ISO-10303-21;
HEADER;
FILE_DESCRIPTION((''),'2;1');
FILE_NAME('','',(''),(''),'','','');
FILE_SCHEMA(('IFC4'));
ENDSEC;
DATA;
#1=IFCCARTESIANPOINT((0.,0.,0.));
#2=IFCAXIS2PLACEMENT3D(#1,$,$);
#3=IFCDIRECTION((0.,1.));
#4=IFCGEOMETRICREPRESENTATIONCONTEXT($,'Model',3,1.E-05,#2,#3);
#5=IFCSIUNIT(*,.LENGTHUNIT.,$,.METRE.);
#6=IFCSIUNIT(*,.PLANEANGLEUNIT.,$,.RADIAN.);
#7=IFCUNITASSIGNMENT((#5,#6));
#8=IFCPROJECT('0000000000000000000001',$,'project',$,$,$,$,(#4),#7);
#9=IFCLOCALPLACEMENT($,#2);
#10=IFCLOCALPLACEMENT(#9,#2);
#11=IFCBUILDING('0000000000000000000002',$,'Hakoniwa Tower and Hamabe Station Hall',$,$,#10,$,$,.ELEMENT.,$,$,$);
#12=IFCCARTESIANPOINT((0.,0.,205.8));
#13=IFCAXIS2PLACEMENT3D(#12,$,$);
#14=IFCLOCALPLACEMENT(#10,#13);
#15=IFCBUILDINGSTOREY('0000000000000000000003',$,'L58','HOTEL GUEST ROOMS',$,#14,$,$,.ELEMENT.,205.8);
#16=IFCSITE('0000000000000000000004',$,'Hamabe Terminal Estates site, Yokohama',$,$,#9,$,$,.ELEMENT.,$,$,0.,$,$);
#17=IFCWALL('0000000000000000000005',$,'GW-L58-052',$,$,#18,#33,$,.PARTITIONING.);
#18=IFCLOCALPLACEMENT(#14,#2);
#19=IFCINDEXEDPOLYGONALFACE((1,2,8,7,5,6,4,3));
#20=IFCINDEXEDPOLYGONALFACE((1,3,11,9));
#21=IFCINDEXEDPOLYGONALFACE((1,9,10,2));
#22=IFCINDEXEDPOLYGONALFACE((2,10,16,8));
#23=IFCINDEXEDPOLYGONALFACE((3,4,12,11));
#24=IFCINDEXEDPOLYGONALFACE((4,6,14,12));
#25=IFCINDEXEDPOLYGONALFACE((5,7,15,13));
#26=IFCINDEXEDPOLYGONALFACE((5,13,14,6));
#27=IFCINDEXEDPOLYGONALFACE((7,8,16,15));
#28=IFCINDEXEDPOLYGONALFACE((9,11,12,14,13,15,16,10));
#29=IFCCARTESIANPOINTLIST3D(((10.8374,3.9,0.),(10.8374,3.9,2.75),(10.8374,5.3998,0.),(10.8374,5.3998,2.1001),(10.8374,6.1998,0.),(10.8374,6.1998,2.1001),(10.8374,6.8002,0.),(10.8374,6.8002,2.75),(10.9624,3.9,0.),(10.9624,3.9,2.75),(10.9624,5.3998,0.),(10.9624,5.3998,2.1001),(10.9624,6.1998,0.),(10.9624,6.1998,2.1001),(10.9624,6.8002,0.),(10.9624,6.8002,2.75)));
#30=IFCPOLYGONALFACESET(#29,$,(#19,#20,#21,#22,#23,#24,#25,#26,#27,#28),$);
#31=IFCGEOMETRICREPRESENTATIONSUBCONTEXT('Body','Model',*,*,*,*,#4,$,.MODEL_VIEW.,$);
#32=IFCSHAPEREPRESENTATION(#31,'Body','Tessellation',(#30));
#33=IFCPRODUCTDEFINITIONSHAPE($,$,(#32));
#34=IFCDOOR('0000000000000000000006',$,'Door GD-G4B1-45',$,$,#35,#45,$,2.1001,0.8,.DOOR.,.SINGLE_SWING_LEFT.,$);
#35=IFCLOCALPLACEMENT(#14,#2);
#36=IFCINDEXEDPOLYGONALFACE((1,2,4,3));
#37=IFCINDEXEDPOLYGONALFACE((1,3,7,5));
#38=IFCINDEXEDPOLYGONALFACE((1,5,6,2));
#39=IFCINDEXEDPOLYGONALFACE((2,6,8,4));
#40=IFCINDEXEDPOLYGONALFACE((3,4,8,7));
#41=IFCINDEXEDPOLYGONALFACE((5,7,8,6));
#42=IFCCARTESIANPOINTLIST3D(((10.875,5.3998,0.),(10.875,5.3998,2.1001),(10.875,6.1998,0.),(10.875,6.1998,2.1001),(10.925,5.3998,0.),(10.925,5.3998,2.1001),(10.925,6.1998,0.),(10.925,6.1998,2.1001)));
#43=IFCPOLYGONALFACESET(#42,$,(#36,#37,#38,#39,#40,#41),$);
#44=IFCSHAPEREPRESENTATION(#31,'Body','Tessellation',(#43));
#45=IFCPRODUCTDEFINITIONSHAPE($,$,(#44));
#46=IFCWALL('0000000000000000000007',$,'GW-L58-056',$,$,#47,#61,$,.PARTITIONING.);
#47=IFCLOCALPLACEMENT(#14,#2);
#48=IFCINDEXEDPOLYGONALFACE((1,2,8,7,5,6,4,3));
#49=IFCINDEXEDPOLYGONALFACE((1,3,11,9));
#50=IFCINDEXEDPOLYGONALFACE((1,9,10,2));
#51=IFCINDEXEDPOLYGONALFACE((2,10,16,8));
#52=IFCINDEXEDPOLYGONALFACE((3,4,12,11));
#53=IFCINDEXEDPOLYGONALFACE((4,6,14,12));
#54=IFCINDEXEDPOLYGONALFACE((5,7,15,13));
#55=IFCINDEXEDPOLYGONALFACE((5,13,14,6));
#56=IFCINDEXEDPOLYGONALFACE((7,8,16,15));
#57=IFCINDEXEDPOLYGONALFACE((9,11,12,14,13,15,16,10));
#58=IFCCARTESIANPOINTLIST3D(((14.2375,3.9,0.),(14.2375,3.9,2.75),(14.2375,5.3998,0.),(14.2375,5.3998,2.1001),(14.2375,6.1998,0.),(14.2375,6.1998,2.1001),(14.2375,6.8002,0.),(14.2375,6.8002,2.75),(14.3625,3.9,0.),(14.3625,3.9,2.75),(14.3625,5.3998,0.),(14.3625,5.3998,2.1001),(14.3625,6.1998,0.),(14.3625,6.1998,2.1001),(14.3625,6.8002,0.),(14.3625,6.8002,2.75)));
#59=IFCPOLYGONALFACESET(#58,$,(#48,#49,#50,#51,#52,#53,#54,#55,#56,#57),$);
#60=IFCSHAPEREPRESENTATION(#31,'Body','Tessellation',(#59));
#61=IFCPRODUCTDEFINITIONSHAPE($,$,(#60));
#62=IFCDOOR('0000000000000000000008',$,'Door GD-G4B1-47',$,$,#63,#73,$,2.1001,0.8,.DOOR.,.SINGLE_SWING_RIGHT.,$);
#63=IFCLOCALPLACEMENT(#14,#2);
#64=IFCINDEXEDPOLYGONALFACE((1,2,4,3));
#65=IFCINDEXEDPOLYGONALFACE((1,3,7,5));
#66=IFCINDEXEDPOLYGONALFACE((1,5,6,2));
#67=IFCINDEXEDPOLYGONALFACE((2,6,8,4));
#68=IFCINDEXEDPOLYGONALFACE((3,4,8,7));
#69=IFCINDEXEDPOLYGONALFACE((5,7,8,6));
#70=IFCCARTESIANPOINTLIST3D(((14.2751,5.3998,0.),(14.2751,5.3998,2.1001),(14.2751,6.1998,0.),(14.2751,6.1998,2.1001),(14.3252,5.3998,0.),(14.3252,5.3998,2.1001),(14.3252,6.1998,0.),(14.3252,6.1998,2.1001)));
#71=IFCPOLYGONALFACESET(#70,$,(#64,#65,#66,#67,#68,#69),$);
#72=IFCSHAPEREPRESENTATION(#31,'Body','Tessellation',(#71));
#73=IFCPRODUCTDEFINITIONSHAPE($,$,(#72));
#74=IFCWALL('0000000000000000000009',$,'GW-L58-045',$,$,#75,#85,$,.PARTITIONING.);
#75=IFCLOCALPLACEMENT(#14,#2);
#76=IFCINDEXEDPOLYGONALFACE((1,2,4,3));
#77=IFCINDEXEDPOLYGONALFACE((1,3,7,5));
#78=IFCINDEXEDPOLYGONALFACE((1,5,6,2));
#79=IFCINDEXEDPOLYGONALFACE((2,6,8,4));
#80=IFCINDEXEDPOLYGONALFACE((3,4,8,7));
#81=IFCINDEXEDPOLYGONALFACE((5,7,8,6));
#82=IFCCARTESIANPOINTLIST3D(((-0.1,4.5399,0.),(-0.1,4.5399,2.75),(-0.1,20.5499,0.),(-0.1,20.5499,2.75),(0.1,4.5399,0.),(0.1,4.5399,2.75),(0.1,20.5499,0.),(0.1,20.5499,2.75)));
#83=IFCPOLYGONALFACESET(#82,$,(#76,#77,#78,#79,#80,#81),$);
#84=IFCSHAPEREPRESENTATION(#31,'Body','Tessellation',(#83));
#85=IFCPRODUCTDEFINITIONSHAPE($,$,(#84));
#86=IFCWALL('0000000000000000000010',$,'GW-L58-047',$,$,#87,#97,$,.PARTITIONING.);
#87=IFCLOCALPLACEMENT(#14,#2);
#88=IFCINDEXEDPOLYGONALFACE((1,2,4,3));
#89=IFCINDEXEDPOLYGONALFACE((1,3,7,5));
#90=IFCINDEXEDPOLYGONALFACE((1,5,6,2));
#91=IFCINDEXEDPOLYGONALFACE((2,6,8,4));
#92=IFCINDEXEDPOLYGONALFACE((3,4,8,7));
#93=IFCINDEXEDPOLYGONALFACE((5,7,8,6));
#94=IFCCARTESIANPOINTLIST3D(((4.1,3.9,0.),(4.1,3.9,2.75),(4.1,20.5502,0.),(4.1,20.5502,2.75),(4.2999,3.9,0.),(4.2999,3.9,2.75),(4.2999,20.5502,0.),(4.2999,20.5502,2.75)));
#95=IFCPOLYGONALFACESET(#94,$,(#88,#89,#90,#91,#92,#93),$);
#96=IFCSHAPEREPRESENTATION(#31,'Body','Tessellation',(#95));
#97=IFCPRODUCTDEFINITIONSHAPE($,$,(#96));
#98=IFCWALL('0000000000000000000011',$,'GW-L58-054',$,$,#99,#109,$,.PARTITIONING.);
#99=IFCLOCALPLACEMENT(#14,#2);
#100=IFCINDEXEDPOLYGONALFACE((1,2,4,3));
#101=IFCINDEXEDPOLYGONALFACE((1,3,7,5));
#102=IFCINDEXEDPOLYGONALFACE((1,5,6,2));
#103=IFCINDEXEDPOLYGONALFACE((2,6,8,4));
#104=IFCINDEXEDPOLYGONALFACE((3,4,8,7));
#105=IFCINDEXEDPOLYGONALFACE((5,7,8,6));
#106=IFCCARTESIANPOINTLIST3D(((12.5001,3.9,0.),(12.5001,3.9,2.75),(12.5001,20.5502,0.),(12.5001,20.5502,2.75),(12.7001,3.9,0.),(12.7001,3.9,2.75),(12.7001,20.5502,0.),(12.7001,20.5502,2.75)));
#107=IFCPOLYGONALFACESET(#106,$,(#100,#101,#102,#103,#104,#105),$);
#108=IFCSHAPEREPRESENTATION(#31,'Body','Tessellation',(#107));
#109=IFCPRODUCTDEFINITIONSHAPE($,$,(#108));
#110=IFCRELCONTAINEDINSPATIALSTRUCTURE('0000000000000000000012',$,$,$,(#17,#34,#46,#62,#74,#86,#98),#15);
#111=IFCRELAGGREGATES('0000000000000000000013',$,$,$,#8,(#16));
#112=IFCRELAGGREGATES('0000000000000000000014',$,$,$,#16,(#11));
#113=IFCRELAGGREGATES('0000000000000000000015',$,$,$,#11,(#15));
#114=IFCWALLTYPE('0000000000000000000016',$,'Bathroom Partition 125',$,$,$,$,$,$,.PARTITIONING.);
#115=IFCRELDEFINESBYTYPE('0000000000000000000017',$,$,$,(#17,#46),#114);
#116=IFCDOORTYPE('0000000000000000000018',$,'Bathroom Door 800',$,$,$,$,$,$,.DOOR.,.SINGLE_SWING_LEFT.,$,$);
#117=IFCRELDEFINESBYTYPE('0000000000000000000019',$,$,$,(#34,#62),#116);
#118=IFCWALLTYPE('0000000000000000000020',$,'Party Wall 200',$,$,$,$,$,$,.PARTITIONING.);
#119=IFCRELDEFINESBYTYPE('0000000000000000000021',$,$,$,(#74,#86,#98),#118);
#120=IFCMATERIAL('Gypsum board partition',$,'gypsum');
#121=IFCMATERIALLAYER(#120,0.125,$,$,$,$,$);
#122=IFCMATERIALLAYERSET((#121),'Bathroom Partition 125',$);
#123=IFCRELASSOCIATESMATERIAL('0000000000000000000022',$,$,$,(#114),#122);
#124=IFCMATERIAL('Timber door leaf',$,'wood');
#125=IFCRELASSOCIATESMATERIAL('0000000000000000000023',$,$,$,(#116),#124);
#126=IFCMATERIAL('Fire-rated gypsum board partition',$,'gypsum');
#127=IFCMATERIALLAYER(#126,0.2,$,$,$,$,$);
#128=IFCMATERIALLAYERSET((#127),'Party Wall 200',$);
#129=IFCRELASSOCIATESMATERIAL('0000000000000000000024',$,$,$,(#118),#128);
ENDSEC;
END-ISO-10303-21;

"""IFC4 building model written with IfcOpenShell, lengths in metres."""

from ifc_helpers import new_model, si_unit, direction, frame, frame_2d, origin, place, context, subcontext, project, spatial, rectangle, extrude, material, layer, layer_set, type_object, element, fill, save


model = new_model("IFC4")

# Units and contexts
model_context = context("Model", 3, precision=1e-05, world=origin(), true_north=direction((0.0, 1.0)))
body_context = subcontext(model_context, "Body", "Model", "MODEL_VIEW")
ifc_project = project(units=[si_unit("LENGTHUNIT", "METRE"), si_unit("PLANEANGLEUNIT", "RADIAN")], contexts=[model_context])

# Site, building, storey
site_placement = place(None, origin())
site = spatial("IfcSite", under=ifc_project, at=site_placement, Name="Hamabe Terminal Estates site, Yokohama", CompositionType="ELEMENT", RefElevation=0.0)
building_placement = place(site_placement, origin())
building = spatial("IfcBuilding", under=site, at=building_placement, Name="Hakoniwa Tower and Hamabe Station Hall", CompositionType="ELEMENT")
storey_placement = place(building_placement, frame((0.0, 0.0, 205.8)))
storey = spatial("IfcBuildingStorey", under=building, at=storey_placement, Name="L58", Description="HOTEL GUEST ROOMS", CompositionType="ELEMENT", Elevation=205.8)

# Walls, openings, doors
ifc_material_1 = material(Name="Gypsum board partition", Category="gypsum")
ifc_layer_1 = layer(ifc_material_1, 0.125)
ifc_layer_set_1 = layer_set([ifc_layer_1], Name="Bathroom Partition 125")
wall_type_1 = type_object("IfcWallType", Name="Bathroom Partition 125", PredefinedType="PARTITIONING", material=ifc_layer_set_1)
ifc_material_2 = material(Name="Timber door leaf", Category="wood")
door_type = type_object("IfcDoorType", Name="Bathroom Door 800", OperationType="SINGLE_SWING_LEFT", PredefinedType="DOOR", material=ifc_material_2)
wall_1_placement = place(storey_placement, frame((10.8999, 3.8999, 0.0), z_axis=(0.0, 0.0, 1.0), x_axis=(0.0, 1.0, 0.0)))
wall_1 = element("IfcWall", 1, at=wall_1_placement, inside=storey, type_object=wall_type_1, Name="GW-L58-052", PredefinedType="PARTITIONING", context=body_context, shape_type="SweptSolid", body=[
    extrude(rectangle(XDim=2.9001, YDim=0.125, at=frame_2d((1.4502, 0.0))), origin(), (0.0, 0.0, 1.0), 2.75),
])
opening_1_placement = place(wall_1_placement, frame((1.5, 0.0, 0.0)))
opening_1 = element("IfcOpeningElement", 2, at=opening_1_placement, cuts=wall_1, PredefinedType="OPENING", context=body_context, shape_type="SweptSolid", body=[
    extrude(rectangle(XDim=0.8, YDim=2.1001, at=frame_2d((0.3999, 1.05))), frame((0.0, 0.0725, 0.0), z_axis=(0.0, -1.0, 0.0), x_axis=(1.0, 0.0, 0.0)), (0.0, 0.0, 1.0), 0.145),
])
door_1_placement = place(opening_1_placement, origin())
door_1 = element("IfcDoor", 3, at=door_1_placement, inside=storey, type_object=door_type, Name="Door GD-G4B1-45", OperationType="SINGLE_SWING_LEFT", OverallHeight=2.1001, OverallWidth=0.8, PredefinedType="DOOR", context=body_context, shape_type="SweptSolid", body=[
    extrude(rectangle(XDim=0.8, YDim=2.1001, at=frame_2d((0.3999, 1.05))), frame((0.0, 0.0249, 0.0), z_axis=(0.0, -1.0, 0.0), x_axis=(1.0, 0.0, 0.0)), (0.0, 0.0, 1.0), 0.05),
])
fill(opening_1, door_1)
wall_2_placement = place(storey_placement, frame((14.3, 3.8999, 0.0), z_axis=(0.0, 0.0, 1.0), x_axis=(0.0, 1.0, 0.0)))
wall_2 = element("IfcWall", 4, at=wall_2_placement, inside=storey, type_object=wall_type_1, Name="GW-L58-056", PredefinedType="PARTITIONING", context=body_context, shape_type="SweptSolid", body=[
    extrude(rectangle(XDim=2.9001, YDim=0.125, at=frame_2d((1.4502, 0.0))), origin(), (0.0, 0.0, 1.0), 2.75),
])
opening_2_placement = place(wall_2_placement, frame((1.5, 0.0, 0.0)))
opening_2 = element("IfcOpeningElement", 5, at=opening_2_placement, cuts=wall_2, PredefinedType="OPENING", context=body_context, shape_type="SweptSolid", body=[
    extrude(rectangle(XDim=0.8, YDim=2.1001, at=frame_2d((0.3999, 1.05))), frame((0.0, 0.0725, 0.0), z_axis=(0.0, -1.0, 0.0), x_axis=(1.0, 0.0, 0.0)), (0.0, 0.0, 1.0), 0.145),
])
door_2_placement = place(opening_2_placement, origin())
door_2 = element("IfcDoor", 6, at=door_2_placement, inside=storey, type_object=door_type, Name="Door GD-G4B1-47", OperationType="SINGLE_SWING_RIGHT", OverallHeight=2.1001, OverallWidth=0.8, PredefinedType="DOOR", context=body_context, shape_type="SweptSolid", body=[
    extrude(rectangle(XDim=0.8, YDim=2.1001, at=frame_2d((0.3999, 1.05))), frame((0.0, 0.0249, 0.0), z_axis=(0.0, -1.0, 0.0), x_axis=(1.0, 0.0, 0.0)), (0.0, 0.0, 1.0), 0.05),
])
fill(opening_2, door_2)

# Walls
ifc_material_3 = material(Name="Fire-rated gypsum board partition", Category="gypsum")
ifc_layer_2 = layer(ifc_material_3, 0.2)
ifc_layer_set_2 = layer_set([ifc_layer_2], Name="Party Wall 200")
wall_type_2 = type_object("IfcWallType", Name="Party Wall 200", PredefinedType="PARTITIONING", material=ifc_layer_set_2)
wall_3_placement = place(storey_placement, frame((0.0, 4.54, 0.0), z_axis=(0.0, 0.0, 1.0), x_axis=(0.0, 1.0, 0.0)))
element("IfcWall", 7, at=wall_3_placement, inside=storey, type_object=wall_type_2, Name="GW-L58-045", PredefinedType="PARTITIONING", context=body_context, shape_type="SweptSolid", body=[
    extrude(rectangle(XDim=16.01, YDim=0.2, at=frame_2d((8.0049, 0.0))), origin(), (0.0, 0.0, 1.0), 2.75),
])
for number, where, z_axis, x_axis, name in (
    (8, (4.2, 3.8999, 0.0), (0.0, 0.0, 1.0), (0.0, 1.0, 0.0), "GW-L58-047"),
    (9, (12.6001, 3.8999, 0.0), (0.0, 0.0, 1.0), (0.0, 1.0, 0.0), "GW-L58-054"),
):
    element("IfcWall", number, at=place(storey_placement, frame(where, z_axis=z_axis, x_axis=x_axis)), inside=storey, type_object=wall_type_2, Name=name, PredefinedType="PARTITIONING", context=body_context, shape_type="SweptSolid", body=[
        extrude(rectangle(XDim=16.6501, YDim=0.2, at=frame_2d((8.3252, 0.0))), origin(), (0.0, 0.0, 1.0), 2.75),
    ])

save(model, "model.ifc")
